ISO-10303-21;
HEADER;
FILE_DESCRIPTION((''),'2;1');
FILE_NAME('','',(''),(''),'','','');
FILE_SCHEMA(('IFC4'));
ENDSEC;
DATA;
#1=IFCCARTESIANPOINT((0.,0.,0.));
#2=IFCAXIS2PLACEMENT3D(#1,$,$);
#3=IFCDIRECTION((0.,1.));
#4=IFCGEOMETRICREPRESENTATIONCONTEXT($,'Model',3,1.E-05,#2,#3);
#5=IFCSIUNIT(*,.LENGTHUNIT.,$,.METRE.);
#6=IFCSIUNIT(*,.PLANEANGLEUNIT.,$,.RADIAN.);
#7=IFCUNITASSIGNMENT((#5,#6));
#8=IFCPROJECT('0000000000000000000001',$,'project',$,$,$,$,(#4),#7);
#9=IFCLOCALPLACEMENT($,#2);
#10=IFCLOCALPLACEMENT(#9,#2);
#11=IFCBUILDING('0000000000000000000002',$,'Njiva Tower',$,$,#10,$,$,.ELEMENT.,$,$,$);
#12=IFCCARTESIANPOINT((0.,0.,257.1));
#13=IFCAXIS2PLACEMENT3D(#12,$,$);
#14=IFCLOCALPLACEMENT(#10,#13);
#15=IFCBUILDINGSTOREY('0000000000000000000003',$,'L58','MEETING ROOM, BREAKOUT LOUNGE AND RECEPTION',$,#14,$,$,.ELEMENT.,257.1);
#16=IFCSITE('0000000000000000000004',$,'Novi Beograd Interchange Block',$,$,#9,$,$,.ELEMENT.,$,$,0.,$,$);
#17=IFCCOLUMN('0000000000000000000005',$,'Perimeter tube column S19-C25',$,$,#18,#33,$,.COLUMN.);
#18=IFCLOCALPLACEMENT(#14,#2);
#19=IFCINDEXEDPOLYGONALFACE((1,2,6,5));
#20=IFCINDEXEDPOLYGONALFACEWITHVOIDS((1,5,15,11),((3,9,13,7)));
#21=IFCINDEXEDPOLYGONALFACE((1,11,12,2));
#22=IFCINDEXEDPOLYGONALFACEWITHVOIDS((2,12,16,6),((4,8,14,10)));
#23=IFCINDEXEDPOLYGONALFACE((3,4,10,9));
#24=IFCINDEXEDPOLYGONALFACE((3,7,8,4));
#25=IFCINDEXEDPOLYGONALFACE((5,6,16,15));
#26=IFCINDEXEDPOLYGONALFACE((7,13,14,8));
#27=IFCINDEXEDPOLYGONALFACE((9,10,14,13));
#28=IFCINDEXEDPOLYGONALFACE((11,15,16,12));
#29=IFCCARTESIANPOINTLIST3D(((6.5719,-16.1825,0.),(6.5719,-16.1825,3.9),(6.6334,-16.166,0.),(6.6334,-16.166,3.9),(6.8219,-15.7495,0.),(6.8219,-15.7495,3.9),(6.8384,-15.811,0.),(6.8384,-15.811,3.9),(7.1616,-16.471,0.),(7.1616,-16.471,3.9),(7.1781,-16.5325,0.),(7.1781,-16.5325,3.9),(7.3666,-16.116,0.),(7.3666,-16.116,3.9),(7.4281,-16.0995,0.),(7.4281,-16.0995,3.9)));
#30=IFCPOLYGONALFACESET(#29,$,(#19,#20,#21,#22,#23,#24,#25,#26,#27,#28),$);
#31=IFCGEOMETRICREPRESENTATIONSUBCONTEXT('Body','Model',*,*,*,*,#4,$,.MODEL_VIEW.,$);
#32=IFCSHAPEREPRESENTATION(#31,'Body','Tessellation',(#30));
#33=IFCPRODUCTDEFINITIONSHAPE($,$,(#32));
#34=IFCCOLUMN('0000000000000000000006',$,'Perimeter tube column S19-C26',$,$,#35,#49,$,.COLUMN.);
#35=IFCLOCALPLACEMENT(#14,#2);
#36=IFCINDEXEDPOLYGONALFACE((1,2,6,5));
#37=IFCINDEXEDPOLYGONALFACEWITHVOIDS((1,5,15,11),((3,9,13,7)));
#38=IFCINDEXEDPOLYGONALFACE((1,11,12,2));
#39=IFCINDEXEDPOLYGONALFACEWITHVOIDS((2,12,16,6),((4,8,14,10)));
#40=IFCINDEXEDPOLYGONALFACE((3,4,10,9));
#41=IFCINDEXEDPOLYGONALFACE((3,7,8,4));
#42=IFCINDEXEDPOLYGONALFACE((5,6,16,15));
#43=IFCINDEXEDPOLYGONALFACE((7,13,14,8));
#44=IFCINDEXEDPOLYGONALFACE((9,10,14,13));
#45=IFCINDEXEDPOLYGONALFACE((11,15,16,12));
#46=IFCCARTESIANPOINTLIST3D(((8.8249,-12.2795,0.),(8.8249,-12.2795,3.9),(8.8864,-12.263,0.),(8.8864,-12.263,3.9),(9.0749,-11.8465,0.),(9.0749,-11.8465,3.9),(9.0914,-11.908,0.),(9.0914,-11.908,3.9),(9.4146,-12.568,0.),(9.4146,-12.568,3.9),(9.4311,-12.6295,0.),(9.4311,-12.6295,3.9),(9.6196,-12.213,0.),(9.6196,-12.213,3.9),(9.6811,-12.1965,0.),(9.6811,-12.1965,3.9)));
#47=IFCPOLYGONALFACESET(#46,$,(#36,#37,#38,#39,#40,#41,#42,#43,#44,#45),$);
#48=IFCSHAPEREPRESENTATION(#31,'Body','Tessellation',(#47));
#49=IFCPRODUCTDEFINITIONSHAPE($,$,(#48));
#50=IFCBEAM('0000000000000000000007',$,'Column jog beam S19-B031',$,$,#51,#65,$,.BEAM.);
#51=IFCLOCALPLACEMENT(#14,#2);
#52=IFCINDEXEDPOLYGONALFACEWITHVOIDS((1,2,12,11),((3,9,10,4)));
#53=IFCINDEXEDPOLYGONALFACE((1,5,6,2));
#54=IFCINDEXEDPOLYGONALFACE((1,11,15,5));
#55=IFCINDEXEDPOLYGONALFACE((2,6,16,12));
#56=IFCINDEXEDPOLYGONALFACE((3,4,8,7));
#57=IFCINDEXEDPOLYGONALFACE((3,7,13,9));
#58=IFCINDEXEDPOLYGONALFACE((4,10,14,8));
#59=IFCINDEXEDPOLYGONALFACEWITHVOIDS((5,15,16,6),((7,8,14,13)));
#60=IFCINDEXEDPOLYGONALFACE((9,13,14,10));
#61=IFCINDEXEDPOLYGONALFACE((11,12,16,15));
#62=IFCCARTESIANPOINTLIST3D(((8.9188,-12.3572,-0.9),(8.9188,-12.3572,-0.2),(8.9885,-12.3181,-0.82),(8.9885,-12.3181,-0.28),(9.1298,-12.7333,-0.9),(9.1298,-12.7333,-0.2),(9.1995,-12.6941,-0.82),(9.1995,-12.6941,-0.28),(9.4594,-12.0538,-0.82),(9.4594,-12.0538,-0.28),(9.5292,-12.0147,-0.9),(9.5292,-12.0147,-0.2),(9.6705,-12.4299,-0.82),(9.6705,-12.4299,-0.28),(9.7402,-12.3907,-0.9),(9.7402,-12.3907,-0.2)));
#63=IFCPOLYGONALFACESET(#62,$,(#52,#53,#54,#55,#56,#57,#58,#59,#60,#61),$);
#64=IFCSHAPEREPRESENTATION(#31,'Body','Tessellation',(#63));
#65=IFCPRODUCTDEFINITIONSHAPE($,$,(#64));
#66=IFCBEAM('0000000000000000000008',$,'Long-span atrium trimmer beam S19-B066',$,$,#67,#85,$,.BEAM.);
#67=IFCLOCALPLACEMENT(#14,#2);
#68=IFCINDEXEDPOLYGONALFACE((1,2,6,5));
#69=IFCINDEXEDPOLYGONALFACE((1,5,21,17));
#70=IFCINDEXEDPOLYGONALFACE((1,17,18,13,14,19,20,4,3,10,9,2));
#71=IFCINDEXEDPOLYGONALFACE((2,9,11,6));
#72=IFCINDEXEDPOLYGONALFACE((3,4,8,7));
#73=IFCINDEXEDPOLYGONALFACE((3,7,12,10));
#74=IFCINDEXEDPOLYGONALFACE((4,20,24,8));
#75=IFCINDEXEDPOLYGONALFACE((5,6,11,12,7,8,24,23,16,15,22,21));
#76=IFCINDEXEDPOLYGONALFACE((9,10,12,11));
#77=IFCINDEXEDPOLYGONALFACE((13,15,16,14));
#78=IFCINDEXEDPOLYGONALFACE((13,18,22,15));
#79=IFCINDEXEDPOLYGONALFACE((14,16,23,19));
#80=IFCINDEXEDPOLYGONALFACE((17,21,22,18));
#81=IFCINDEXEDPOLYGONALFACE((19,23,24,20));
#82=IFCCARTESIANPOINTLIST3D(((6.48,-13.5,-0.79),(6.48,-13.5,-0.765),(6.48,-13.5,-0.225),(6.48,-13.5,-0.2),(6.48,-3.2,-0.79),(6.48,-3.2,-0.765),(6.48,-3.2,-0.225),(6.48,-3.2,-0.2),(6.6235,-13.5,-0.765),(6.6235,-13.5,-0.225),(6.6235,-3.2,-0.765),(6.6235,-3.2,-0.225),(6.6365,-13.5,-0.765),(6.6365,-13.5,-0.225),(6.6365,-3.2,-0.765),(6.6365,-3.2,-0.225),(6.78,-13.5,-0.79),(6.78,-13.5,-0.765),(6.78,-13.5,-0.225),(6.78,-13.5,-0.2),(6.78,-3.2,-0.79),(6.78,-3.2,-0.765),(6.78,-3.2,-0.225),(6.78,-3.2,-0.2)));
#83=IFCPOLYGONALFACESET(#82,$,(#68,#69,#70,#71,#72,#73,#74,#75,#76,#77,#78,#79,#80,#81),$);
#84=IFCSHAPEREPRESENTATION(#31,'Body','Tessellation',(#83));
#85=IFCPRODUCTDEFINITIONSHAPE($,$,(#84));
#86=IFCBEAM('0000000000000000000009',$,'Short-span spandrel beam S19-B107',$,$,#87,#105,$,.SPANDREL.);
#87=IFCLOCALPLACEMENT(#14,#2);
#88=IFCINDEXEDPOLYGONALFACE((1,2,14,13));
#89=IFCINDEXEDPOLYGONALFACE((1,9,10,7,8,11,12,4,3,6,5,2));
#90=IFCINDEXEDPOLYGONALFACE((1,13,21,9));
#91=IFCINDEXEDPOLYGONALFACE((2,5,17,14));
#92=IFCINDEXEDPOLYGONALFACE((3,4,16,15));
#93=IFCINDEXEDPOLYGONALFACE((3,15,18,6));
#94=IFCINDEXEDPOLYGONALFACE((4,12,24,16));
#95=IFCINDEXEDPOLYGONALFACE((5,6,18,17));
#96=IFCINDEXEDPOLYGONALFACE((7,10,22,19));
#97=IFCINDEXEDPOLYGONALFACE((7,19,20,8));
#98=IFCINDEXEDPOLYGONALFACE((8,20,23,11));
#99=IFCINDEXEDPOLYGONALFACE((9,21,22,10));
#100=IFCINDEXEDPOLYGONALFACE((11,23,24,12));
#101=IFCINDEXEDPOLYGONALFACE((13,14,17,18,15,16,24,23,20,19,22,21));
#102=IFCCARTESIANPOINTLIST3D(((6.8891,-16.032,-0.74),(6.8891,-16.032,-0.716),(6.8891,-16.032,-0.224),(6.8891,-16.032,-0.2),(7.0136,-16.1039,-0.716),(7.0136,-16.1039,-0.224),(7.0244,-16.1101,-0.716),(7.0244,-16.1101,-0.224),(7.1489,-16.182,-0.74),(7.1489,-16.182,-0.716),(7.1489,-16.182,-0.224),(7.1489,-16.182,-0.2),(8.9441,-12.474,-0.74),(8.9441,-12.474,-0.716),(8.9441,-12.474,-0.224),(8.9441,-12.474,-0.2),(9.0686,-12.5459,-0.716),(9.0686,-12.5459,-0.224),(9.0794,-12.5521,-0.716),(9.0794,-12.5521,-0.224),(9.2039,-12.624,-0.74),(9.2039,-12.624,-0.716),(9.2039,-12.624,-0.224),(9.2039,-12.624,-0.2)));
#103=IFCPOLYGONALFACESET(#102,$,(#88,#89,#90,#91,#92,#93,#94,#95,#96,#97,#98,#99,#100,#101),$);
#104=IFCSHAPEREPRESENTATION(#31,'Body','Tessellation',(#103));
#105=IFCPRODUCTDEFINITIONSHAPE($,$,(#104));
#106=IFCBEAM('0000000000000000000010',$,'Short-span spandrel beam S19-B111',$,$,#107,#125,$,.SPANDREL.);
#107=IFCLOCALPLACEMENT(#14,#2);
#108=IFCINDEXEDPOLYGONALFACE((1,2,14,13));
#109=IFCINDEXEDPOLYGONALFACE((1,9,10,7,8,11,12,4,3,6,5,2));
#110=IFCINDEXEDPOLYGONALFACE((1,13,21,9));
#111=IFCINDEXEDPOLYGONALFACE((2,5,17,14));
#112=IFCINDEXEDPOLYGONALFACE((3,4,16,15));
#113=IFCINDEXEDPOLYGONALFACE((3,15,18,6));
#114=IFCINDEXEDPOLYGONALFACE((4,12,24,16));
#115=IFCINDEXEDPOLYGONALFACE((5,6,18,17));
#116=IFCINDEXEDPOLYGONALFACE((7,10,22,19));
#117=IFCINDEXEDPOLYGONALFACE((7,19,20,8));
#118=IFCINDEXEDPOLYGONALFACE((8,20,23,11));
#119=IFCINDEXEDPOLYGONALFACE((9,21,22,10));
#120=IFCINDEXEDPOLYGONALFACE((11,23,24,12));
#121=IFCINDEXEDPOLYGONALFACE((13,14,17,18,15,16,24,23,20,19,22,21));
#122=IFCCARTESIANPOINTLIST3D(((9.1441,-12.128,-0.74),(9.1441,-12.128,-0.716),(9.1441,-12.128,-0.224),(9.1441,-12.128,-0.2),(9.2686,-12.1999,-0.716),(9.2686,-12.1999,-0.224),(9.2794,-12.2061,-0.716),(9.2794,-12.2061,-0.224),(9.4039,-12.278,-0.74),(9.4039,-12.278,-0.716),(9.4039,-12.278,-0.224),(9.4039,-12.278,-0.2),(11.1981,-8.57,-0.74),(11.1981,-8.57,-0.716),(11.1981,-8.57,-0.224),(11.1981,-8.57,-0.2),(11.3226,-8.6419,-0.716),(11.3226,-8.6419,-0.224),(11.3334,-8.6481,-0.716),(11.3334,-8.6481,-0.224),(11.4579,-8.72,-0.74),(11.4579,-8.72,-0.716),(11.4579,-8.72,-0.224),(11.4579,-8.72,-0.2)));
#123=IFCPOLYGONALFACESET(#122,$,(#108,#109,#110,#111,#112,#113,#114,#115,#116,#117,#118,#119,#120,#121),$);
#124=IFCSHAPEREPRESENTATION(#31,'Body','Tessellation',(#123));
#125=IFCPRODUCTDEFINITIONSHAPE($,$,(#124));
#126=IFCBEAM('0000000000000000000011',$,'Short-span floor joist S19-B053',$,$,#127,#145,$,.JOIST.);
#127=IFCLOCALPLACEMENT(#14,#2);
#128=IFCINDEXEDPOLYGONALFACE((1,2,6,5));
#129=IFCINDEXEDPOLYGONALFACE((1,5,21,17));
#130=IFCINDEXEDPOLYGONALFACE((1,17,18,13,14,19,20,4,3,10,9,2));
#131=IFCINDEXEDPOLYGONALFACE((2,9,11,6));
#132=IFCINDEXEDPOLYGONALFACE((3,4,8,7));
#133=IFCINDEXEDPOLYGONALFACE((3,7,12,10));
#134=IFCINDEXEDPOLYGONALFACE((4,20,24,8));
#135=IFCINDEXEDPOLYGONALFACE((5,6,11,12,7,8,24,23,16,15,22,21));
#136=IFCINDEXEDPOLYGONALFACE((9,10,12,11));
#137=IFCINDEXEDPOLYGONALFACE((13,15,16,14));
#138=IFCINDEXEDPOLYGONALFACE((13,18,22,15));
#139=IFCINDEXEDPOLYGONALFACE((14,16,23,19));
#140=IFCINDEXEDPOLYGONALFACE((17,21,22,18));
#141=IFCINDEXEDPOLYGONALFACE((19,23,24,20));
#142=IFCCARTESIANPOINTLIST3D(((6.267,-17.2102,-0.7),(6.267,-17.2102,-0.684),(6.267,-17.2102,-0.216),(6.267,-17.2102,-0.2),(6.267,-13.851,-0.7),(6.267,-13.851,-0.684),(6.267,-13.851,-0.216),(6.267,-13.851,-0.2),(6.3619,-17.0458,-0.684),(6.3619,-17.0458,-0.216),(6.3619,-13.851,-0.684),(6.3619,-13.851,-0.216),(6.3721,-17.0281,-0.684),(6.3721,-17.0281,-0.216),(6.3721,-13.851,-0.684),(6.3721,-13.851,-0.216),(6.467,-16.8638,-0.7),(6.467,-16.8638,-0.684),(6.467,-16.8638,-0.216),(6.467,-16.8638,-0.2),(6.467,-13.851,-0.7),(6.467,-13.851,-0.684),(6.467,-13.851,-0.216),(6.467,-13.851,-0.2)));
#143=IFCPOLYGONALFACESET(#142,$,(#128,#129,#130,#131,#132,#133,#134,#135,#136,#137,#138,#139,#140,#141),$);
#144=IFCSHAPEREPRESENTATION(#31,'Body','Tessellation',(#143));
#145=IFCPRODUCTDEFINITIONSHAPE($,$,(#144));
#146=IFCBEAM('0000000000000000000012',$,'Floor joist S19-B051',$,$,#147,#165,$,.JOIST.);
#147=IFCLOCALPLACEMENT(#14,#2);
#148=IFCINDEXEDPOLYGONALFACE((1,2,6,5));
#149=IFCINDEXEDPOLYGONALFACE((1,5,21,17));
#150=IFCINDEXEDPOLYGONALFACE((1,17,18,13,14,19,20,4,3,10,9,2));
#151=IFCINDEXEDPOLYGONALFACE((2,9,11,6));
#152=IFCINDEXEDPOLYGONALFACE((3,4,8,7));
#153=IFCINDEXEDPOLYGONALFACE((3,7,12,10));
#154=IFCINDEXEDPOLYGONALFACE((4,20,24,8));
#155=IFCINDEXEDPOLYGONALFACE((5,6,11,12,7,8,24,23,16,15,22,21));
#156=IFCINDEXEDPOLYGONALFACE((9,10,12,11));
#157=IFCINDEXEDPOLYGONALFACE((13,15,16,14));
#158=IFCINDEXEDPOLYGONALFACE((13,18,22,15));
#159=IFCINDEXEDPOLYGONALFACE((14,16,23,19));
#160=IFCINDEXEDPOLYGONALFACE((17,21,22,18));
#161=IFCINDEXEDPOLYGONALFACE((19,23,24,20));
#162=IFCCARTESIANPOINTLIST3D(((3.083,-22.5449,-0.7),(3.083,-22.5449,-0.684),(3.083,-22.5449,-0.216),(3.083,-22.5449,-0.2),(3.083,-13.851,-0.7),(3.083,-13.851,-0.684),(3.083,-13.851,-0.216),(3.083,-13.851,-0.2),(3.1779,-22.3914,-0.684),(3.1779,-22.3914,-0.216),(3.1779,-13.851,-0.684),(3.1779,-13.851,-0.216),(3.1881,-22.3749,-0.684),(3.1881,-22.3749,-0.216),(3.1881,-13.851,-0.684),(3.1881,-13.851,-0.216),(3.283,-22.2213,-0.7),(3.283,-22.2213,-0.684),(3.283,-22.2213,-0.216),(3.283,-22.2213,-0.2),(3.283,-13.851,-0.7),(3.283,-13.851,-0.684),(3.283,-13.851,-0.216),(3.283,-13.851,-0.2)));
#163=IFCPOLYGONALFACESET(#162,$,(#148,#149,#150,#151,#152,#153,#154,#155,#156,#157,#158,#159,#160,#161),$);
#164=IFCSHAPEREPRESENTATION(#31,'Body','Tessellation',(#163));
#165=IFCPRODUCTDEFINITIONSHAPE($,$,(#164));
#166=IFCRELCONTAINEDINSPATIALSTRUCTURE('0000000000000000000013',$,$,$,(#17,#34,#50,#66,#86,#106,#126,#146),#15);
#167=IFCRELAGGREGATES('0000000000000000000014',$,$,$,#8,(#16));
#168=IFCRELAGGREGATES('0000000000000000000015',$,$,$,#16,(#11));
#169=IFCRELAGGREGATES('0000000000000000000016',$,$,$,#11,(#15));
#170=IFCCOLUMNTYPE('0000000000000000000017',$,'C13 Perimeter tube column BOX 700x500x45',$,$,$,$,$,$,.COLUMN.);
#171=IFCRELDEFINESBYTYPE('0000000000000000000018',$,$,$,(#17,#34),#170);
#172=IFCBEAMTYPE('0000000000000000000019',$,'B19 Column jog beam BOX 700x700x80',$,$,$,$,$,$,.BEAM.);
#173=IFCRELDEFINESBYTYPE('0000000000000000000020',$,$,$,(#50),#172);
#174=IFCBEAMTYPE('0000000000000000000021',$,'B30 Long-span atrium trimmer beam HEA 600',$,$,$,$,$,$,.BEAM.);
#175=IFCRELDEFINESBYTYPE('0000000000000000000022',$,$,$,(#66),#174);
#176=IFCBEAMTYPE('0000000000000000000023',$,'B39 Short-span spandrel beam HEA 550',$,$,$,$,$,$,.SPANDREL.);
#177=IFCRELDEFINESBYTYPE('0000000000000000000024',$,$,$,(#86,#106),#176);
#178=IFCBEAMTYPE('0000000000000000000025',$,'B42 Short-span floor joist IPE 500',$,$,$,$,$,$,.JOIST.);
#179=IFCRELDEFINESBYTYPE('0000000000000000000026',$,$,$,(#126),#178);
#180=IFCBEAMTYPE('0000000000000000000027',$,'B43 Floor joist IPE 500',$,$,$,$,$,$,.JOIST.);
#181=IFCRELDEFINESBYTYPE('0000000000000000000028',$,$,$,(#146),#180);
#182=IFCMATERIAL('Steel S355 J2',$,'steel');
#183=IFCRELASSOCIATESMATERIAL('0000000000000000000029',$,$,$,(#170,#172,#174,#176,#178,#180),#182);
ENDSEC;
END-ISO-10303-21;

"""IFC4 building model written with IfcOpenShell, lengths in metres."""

from ifc_helpers import new_model, si_unit, direction, frame, origin, origin_2d, place, context, subcontext, project, spatial, hollow_rectangle, i_section, extrude, clip, halfspace, material, material_profile, profile_set, type_object, element, save


model = new_model("IFC4")

# Units and contexts
model_context = context("Model", 3, precision=1e-05, world=origin(), true_north=direction((0.0, 1.0)))
body_context = subcontext(model_context, "Body", "Model", "MODEL_VIEW")
ifc_project = project(units=[si_unit("LENGTHUNIT", "METRE"), si_unit("PLANEANGLEUNIT", "RADIAN")], contexts=[model_context])

# Site, building, storey
site_placement = place(None, origin())
site = spatial("IfcSite", under=ifc_project, at=site_placement, Name="Novi Beograd Interchange Block", CompositionType="ELEMENT", RefElevation=0.0)
building_placement = place(site_placement, origin())
building = spatial("IfcBuilding", under=site, at=building_placement, Name="Njiva Tower", CompositionType="ELEMENT")
storey_placement = place(building_placement, frame((0.0, 0.0, 257.1)))
storey = spatial("IfcBuildingStorey", under=building, at=storey_placement, Name="L58", Description="MEETING ROOM, BREAKOUT LOUNGE AND RECEPTION", CompositionType="ELEMENT", Elevation=257.1)

# Columns
ifc_material_1 = material(Name="Steel S355 J2", Category="steel")
ifc_material_profile_1 = material_profile(ifc_material_1, hollow_rectangle(XDim=0.5, YDim=0.7, WallThickness=0.045, at=origin_2d()), Name="BOX 700x500x45")
ifc_profile_set_1 = profile_set([ifc_material_profile_1], Name="Steel S355 J2")
column_type = type_object("IfcColumnType", Name="C13 Perimeter tube column BOX 700x500x45", PredefinedType="COLUMN", material=ifc_profile_set_1)
for number, where, z_axis, x_axis, name in (
    (1, (7.0, -16.141, 0.0), (0.0, 0.0, 1.0), (0.5, 0.866025, 0.0), "Perimeter tube column S19-C25"),
    (2, (9.253, -12.238, 0.0), (0.0, 0.0, 1.0), (0.5, 0.866025, 0.0), "Perimeter tube column S19-C26"),
):
    element("IfcColumn", number, at=place(storey_placement, frame(where, z_axis=z_axis, x_axis=x_axis)), inside=storey, type_object=column_type, Name=name, PredefinedType="COLUMN", context=body_context, shape_type="SweptSolid", body=[
        extrude(hollow_rectangle(XDim=0.5, YDim=0.7, WallThickness=0.045, at=origin_2d()), origin(), (0.0, 0.0, 1.0), 3.9),
    ])

# Beams
ifc_material_profile_2 = material_profile(ifc_material_1, hollow_rectangle(XDim=0.7, YDim=0.7, WallThickness=0.08, at=origin_2d()), Name="BOX 700x700x80")
ifc_profile_set_2 = profile_set([ifc_material_profile_2], Name="Steel S355 J2")
beam_type_1 = type_object("IfcBeamType", Name="B19 Column jog beam BOX 700x700x80", PredefinedType="BEAM", material=ifc_profile_set_2)
beam_1_placement = place(storey_placement, frame((9.435, -12.562, -0.55), z_axis=(-0.48938, 0.872071, 0.0), x_axis=(-0.872071, -0.48938, 0.0)))
element("IfcBeam", 3, at=beam_1_placement, inside=storey, type_object=beam_type_1, Name="Column jog beam S19-B031", PredefinedType="BEAM", context=body_context, shape_type="SweptSolid", body=[
    extrude(hollow_rectangle(XDim=0.7, YDim=0.7, WallThickness=0.08, at=origin_2d()), origin(), (0.0, 0.0, 1.0), 0.4312),
])
ifc_material_profile_3 = material_profile(ifc_material_1, i_section(OverallWidth=0.3, OverallDepth=0.59, WebThickness=0.013, FlangeThickness=0.025, at=origin_2d()), Name="HEA 600")
ifc_profile_set_3 = profile_set([ifc_material_profile_3], Name="Steel S355 J2")
beam_type_2 = type_object("IfcBeamType", Name="B30 Long-span atrium trimmer beam HEA 600", PredefinedType="BEAM", material=ifc_profile_set_3)
beam_2_placement = place(storey_placement, frame((6.63, -13.5, -0.495), z_axis=(0.0, 1.0, 0.0), x_axis=(-1.0, 0.0, 0.0)))
element("IfcBeam", 4, at=beam_2_placement, inside=storey, type_object=beam_type_2, Name="Long-span atrium trimmer beam S19-B066", PredefinedType="BEAM", context=body_context, shape_type="SweptSolid", body=[
    extrude(i_section(OverallWidth=0.3, OverallDepth=0.59, WebThickness=0.013, FlangeThickness=0.025, at=origin_2d()), origin(), (0.0, 0.0, 1.0), 10.3),
])
ifc_material_profile_4 = material_profile(ifc_material_1, i_section(OverallWidth=0.3, OverallDepth=0.54, WebThickness=0.0125, FlangeThickness=0.024, at=origin_2d()), Name="HEA 550")
ifc_profile_set_4 = profile_set([ifc_material_profile_4], Name="Steel S355 J2")
beam_type_3 = type_object("IfcBeamType", Name="B39 Short-span spandrel beam HEA 550", PredefinedType="SPANDREL", material=ifc_profile_set_4)
beam_3_placement = place(storey_placement, frame((7.019, -16.107, -0.47), z_axis=(0.500144, 0.865942, 0.0), x_axis=(-0.865942, 0.500144, 0.0)))
element("IfcBeam", 5, at=beam_3_placement, inside=storey, type_object=beam_type_3, Name="Short-span spandrel beam S19-B107", PredefinedType="SPANDREL", context=body_context, shape_type="SweptSolid", body=[
    extrude(i_section(OverallWidth=0.3, OverallDepth=0.54, WebThickness=0.0125, FlangeThickness=0.024, at=origin_2d()), origin(), (0.0, 0.0, 1.0), 4.1088),
])
beam_4_placement = place(storey_placement, frame((9.274, -12.203, -0.47), z_axis=(0.499961, 0.866048, 0.0), x_axis=(-0.866048, 0.499961, 0.0)))
element("IfcBeam", 6, at=beam_4_placement, inside=storey, type_object=beam_type_3, Name="Short-span spandrel beam S19-B111", PredefinedType="SPANDREL", context=body_context, shape_type="SweptSolid", body=[
    extrude(i_section(OverallWidth=0.3, OverallDepth=0.54, WebThickness=0.0125, FlangeThickness=0.024, at=origin_2d()), origin(), (0.0, 0.0, 1.0), 4.1083),
])
ifc_material_profile_5 = material_profile(ifc_material_1, i_section(OverallWidth=0.2, OverallDepth=0.5, WebThickness=0.0102, FlangeThickness=0.016, at=origin_2d()), Name="IPE 500")
ifc_profile_set_5 = profile_set([ifc_material_profile_5], Name="Steel S355 J2")
beam_type_4 = type_object("IfcBeamType", Name="B42 Short-span floor joist IPE 500", PredefinedType="JOIST", material=ifc_profile_set_5)
beam_5_placement = place(storey_placement, frame((6.367, -13.851, -0.45), z_axis=(0.0, -1.0, 0.0), x_axis=(1.0, 0.0, 0.0)))
element("IfcBeam", 7, at=beam_5_placement, inside=storey, type_object=beam_type_4, Name="Short-span floor joist S19-B053", PredefinedType="JOIST", context=body_context, shape_type="Clipping", body=[
    clip(extrude(i_section(OverallWidth=0.2, OverallDepth=0.5, WebThickness=0.0102, FlangeThickness=0.016, at=origin_2d()), origin(), (0.0, 0.0, 1.0), 3.38), halfspace(frame((0.043, 0.0, 3.1115), z_axis=(0.866027, 0.0, 0.499998), x_axis=(0.0, 1.0, 0.0)), False)),
])
ifc_material_profile_6 = material_profile(ifc_material_1, i_section(OverallWidth=0.2, OverallDepth=0.5, WebThickness=0.0102, FlangeThickness=0.016, at=origin_2d()), Name="IPE 500")
ifc_profile_set_6 = profile_set([ifc_material_profile_6], Name="Steel S355 J2")
beam_type_5 = type_object("IfcBeamType", Name="B43 Floor joist IPE 500", PredefinedType="JOIST", material=ifc_profile_set_6)
beam_6_placement = place(storey_placement, frame((3.183, -13.851, -0.45), z_axis=(0.0, -1.0, 0.0), x_axis=(1.0, 0.0, 0.0)))
element("IfcBeam", 8, at=beam_6_placement, inside=storey, type_object=beam_type_5, Name="Floor joist S19-B051", PredefinedType="JOIST", context=body_context, shape_type="Clipping", body=[
    clip(extrude(i_section(OverallWidth=0.2, OverallDepth=0.5, WebThickness=0.0102, FlangeThickness=0.016, at=origin_2d()), origin(), (0.0, 0.0, 1.0), 8.713), halfspace(frame((0.0429, 0.0, 8.4627), z_axis=(0.850616, 0.0, 0.525788), x_axis=(0.0, 1.0, 0.0)), False)),
])

save(model, "model.ifc")
